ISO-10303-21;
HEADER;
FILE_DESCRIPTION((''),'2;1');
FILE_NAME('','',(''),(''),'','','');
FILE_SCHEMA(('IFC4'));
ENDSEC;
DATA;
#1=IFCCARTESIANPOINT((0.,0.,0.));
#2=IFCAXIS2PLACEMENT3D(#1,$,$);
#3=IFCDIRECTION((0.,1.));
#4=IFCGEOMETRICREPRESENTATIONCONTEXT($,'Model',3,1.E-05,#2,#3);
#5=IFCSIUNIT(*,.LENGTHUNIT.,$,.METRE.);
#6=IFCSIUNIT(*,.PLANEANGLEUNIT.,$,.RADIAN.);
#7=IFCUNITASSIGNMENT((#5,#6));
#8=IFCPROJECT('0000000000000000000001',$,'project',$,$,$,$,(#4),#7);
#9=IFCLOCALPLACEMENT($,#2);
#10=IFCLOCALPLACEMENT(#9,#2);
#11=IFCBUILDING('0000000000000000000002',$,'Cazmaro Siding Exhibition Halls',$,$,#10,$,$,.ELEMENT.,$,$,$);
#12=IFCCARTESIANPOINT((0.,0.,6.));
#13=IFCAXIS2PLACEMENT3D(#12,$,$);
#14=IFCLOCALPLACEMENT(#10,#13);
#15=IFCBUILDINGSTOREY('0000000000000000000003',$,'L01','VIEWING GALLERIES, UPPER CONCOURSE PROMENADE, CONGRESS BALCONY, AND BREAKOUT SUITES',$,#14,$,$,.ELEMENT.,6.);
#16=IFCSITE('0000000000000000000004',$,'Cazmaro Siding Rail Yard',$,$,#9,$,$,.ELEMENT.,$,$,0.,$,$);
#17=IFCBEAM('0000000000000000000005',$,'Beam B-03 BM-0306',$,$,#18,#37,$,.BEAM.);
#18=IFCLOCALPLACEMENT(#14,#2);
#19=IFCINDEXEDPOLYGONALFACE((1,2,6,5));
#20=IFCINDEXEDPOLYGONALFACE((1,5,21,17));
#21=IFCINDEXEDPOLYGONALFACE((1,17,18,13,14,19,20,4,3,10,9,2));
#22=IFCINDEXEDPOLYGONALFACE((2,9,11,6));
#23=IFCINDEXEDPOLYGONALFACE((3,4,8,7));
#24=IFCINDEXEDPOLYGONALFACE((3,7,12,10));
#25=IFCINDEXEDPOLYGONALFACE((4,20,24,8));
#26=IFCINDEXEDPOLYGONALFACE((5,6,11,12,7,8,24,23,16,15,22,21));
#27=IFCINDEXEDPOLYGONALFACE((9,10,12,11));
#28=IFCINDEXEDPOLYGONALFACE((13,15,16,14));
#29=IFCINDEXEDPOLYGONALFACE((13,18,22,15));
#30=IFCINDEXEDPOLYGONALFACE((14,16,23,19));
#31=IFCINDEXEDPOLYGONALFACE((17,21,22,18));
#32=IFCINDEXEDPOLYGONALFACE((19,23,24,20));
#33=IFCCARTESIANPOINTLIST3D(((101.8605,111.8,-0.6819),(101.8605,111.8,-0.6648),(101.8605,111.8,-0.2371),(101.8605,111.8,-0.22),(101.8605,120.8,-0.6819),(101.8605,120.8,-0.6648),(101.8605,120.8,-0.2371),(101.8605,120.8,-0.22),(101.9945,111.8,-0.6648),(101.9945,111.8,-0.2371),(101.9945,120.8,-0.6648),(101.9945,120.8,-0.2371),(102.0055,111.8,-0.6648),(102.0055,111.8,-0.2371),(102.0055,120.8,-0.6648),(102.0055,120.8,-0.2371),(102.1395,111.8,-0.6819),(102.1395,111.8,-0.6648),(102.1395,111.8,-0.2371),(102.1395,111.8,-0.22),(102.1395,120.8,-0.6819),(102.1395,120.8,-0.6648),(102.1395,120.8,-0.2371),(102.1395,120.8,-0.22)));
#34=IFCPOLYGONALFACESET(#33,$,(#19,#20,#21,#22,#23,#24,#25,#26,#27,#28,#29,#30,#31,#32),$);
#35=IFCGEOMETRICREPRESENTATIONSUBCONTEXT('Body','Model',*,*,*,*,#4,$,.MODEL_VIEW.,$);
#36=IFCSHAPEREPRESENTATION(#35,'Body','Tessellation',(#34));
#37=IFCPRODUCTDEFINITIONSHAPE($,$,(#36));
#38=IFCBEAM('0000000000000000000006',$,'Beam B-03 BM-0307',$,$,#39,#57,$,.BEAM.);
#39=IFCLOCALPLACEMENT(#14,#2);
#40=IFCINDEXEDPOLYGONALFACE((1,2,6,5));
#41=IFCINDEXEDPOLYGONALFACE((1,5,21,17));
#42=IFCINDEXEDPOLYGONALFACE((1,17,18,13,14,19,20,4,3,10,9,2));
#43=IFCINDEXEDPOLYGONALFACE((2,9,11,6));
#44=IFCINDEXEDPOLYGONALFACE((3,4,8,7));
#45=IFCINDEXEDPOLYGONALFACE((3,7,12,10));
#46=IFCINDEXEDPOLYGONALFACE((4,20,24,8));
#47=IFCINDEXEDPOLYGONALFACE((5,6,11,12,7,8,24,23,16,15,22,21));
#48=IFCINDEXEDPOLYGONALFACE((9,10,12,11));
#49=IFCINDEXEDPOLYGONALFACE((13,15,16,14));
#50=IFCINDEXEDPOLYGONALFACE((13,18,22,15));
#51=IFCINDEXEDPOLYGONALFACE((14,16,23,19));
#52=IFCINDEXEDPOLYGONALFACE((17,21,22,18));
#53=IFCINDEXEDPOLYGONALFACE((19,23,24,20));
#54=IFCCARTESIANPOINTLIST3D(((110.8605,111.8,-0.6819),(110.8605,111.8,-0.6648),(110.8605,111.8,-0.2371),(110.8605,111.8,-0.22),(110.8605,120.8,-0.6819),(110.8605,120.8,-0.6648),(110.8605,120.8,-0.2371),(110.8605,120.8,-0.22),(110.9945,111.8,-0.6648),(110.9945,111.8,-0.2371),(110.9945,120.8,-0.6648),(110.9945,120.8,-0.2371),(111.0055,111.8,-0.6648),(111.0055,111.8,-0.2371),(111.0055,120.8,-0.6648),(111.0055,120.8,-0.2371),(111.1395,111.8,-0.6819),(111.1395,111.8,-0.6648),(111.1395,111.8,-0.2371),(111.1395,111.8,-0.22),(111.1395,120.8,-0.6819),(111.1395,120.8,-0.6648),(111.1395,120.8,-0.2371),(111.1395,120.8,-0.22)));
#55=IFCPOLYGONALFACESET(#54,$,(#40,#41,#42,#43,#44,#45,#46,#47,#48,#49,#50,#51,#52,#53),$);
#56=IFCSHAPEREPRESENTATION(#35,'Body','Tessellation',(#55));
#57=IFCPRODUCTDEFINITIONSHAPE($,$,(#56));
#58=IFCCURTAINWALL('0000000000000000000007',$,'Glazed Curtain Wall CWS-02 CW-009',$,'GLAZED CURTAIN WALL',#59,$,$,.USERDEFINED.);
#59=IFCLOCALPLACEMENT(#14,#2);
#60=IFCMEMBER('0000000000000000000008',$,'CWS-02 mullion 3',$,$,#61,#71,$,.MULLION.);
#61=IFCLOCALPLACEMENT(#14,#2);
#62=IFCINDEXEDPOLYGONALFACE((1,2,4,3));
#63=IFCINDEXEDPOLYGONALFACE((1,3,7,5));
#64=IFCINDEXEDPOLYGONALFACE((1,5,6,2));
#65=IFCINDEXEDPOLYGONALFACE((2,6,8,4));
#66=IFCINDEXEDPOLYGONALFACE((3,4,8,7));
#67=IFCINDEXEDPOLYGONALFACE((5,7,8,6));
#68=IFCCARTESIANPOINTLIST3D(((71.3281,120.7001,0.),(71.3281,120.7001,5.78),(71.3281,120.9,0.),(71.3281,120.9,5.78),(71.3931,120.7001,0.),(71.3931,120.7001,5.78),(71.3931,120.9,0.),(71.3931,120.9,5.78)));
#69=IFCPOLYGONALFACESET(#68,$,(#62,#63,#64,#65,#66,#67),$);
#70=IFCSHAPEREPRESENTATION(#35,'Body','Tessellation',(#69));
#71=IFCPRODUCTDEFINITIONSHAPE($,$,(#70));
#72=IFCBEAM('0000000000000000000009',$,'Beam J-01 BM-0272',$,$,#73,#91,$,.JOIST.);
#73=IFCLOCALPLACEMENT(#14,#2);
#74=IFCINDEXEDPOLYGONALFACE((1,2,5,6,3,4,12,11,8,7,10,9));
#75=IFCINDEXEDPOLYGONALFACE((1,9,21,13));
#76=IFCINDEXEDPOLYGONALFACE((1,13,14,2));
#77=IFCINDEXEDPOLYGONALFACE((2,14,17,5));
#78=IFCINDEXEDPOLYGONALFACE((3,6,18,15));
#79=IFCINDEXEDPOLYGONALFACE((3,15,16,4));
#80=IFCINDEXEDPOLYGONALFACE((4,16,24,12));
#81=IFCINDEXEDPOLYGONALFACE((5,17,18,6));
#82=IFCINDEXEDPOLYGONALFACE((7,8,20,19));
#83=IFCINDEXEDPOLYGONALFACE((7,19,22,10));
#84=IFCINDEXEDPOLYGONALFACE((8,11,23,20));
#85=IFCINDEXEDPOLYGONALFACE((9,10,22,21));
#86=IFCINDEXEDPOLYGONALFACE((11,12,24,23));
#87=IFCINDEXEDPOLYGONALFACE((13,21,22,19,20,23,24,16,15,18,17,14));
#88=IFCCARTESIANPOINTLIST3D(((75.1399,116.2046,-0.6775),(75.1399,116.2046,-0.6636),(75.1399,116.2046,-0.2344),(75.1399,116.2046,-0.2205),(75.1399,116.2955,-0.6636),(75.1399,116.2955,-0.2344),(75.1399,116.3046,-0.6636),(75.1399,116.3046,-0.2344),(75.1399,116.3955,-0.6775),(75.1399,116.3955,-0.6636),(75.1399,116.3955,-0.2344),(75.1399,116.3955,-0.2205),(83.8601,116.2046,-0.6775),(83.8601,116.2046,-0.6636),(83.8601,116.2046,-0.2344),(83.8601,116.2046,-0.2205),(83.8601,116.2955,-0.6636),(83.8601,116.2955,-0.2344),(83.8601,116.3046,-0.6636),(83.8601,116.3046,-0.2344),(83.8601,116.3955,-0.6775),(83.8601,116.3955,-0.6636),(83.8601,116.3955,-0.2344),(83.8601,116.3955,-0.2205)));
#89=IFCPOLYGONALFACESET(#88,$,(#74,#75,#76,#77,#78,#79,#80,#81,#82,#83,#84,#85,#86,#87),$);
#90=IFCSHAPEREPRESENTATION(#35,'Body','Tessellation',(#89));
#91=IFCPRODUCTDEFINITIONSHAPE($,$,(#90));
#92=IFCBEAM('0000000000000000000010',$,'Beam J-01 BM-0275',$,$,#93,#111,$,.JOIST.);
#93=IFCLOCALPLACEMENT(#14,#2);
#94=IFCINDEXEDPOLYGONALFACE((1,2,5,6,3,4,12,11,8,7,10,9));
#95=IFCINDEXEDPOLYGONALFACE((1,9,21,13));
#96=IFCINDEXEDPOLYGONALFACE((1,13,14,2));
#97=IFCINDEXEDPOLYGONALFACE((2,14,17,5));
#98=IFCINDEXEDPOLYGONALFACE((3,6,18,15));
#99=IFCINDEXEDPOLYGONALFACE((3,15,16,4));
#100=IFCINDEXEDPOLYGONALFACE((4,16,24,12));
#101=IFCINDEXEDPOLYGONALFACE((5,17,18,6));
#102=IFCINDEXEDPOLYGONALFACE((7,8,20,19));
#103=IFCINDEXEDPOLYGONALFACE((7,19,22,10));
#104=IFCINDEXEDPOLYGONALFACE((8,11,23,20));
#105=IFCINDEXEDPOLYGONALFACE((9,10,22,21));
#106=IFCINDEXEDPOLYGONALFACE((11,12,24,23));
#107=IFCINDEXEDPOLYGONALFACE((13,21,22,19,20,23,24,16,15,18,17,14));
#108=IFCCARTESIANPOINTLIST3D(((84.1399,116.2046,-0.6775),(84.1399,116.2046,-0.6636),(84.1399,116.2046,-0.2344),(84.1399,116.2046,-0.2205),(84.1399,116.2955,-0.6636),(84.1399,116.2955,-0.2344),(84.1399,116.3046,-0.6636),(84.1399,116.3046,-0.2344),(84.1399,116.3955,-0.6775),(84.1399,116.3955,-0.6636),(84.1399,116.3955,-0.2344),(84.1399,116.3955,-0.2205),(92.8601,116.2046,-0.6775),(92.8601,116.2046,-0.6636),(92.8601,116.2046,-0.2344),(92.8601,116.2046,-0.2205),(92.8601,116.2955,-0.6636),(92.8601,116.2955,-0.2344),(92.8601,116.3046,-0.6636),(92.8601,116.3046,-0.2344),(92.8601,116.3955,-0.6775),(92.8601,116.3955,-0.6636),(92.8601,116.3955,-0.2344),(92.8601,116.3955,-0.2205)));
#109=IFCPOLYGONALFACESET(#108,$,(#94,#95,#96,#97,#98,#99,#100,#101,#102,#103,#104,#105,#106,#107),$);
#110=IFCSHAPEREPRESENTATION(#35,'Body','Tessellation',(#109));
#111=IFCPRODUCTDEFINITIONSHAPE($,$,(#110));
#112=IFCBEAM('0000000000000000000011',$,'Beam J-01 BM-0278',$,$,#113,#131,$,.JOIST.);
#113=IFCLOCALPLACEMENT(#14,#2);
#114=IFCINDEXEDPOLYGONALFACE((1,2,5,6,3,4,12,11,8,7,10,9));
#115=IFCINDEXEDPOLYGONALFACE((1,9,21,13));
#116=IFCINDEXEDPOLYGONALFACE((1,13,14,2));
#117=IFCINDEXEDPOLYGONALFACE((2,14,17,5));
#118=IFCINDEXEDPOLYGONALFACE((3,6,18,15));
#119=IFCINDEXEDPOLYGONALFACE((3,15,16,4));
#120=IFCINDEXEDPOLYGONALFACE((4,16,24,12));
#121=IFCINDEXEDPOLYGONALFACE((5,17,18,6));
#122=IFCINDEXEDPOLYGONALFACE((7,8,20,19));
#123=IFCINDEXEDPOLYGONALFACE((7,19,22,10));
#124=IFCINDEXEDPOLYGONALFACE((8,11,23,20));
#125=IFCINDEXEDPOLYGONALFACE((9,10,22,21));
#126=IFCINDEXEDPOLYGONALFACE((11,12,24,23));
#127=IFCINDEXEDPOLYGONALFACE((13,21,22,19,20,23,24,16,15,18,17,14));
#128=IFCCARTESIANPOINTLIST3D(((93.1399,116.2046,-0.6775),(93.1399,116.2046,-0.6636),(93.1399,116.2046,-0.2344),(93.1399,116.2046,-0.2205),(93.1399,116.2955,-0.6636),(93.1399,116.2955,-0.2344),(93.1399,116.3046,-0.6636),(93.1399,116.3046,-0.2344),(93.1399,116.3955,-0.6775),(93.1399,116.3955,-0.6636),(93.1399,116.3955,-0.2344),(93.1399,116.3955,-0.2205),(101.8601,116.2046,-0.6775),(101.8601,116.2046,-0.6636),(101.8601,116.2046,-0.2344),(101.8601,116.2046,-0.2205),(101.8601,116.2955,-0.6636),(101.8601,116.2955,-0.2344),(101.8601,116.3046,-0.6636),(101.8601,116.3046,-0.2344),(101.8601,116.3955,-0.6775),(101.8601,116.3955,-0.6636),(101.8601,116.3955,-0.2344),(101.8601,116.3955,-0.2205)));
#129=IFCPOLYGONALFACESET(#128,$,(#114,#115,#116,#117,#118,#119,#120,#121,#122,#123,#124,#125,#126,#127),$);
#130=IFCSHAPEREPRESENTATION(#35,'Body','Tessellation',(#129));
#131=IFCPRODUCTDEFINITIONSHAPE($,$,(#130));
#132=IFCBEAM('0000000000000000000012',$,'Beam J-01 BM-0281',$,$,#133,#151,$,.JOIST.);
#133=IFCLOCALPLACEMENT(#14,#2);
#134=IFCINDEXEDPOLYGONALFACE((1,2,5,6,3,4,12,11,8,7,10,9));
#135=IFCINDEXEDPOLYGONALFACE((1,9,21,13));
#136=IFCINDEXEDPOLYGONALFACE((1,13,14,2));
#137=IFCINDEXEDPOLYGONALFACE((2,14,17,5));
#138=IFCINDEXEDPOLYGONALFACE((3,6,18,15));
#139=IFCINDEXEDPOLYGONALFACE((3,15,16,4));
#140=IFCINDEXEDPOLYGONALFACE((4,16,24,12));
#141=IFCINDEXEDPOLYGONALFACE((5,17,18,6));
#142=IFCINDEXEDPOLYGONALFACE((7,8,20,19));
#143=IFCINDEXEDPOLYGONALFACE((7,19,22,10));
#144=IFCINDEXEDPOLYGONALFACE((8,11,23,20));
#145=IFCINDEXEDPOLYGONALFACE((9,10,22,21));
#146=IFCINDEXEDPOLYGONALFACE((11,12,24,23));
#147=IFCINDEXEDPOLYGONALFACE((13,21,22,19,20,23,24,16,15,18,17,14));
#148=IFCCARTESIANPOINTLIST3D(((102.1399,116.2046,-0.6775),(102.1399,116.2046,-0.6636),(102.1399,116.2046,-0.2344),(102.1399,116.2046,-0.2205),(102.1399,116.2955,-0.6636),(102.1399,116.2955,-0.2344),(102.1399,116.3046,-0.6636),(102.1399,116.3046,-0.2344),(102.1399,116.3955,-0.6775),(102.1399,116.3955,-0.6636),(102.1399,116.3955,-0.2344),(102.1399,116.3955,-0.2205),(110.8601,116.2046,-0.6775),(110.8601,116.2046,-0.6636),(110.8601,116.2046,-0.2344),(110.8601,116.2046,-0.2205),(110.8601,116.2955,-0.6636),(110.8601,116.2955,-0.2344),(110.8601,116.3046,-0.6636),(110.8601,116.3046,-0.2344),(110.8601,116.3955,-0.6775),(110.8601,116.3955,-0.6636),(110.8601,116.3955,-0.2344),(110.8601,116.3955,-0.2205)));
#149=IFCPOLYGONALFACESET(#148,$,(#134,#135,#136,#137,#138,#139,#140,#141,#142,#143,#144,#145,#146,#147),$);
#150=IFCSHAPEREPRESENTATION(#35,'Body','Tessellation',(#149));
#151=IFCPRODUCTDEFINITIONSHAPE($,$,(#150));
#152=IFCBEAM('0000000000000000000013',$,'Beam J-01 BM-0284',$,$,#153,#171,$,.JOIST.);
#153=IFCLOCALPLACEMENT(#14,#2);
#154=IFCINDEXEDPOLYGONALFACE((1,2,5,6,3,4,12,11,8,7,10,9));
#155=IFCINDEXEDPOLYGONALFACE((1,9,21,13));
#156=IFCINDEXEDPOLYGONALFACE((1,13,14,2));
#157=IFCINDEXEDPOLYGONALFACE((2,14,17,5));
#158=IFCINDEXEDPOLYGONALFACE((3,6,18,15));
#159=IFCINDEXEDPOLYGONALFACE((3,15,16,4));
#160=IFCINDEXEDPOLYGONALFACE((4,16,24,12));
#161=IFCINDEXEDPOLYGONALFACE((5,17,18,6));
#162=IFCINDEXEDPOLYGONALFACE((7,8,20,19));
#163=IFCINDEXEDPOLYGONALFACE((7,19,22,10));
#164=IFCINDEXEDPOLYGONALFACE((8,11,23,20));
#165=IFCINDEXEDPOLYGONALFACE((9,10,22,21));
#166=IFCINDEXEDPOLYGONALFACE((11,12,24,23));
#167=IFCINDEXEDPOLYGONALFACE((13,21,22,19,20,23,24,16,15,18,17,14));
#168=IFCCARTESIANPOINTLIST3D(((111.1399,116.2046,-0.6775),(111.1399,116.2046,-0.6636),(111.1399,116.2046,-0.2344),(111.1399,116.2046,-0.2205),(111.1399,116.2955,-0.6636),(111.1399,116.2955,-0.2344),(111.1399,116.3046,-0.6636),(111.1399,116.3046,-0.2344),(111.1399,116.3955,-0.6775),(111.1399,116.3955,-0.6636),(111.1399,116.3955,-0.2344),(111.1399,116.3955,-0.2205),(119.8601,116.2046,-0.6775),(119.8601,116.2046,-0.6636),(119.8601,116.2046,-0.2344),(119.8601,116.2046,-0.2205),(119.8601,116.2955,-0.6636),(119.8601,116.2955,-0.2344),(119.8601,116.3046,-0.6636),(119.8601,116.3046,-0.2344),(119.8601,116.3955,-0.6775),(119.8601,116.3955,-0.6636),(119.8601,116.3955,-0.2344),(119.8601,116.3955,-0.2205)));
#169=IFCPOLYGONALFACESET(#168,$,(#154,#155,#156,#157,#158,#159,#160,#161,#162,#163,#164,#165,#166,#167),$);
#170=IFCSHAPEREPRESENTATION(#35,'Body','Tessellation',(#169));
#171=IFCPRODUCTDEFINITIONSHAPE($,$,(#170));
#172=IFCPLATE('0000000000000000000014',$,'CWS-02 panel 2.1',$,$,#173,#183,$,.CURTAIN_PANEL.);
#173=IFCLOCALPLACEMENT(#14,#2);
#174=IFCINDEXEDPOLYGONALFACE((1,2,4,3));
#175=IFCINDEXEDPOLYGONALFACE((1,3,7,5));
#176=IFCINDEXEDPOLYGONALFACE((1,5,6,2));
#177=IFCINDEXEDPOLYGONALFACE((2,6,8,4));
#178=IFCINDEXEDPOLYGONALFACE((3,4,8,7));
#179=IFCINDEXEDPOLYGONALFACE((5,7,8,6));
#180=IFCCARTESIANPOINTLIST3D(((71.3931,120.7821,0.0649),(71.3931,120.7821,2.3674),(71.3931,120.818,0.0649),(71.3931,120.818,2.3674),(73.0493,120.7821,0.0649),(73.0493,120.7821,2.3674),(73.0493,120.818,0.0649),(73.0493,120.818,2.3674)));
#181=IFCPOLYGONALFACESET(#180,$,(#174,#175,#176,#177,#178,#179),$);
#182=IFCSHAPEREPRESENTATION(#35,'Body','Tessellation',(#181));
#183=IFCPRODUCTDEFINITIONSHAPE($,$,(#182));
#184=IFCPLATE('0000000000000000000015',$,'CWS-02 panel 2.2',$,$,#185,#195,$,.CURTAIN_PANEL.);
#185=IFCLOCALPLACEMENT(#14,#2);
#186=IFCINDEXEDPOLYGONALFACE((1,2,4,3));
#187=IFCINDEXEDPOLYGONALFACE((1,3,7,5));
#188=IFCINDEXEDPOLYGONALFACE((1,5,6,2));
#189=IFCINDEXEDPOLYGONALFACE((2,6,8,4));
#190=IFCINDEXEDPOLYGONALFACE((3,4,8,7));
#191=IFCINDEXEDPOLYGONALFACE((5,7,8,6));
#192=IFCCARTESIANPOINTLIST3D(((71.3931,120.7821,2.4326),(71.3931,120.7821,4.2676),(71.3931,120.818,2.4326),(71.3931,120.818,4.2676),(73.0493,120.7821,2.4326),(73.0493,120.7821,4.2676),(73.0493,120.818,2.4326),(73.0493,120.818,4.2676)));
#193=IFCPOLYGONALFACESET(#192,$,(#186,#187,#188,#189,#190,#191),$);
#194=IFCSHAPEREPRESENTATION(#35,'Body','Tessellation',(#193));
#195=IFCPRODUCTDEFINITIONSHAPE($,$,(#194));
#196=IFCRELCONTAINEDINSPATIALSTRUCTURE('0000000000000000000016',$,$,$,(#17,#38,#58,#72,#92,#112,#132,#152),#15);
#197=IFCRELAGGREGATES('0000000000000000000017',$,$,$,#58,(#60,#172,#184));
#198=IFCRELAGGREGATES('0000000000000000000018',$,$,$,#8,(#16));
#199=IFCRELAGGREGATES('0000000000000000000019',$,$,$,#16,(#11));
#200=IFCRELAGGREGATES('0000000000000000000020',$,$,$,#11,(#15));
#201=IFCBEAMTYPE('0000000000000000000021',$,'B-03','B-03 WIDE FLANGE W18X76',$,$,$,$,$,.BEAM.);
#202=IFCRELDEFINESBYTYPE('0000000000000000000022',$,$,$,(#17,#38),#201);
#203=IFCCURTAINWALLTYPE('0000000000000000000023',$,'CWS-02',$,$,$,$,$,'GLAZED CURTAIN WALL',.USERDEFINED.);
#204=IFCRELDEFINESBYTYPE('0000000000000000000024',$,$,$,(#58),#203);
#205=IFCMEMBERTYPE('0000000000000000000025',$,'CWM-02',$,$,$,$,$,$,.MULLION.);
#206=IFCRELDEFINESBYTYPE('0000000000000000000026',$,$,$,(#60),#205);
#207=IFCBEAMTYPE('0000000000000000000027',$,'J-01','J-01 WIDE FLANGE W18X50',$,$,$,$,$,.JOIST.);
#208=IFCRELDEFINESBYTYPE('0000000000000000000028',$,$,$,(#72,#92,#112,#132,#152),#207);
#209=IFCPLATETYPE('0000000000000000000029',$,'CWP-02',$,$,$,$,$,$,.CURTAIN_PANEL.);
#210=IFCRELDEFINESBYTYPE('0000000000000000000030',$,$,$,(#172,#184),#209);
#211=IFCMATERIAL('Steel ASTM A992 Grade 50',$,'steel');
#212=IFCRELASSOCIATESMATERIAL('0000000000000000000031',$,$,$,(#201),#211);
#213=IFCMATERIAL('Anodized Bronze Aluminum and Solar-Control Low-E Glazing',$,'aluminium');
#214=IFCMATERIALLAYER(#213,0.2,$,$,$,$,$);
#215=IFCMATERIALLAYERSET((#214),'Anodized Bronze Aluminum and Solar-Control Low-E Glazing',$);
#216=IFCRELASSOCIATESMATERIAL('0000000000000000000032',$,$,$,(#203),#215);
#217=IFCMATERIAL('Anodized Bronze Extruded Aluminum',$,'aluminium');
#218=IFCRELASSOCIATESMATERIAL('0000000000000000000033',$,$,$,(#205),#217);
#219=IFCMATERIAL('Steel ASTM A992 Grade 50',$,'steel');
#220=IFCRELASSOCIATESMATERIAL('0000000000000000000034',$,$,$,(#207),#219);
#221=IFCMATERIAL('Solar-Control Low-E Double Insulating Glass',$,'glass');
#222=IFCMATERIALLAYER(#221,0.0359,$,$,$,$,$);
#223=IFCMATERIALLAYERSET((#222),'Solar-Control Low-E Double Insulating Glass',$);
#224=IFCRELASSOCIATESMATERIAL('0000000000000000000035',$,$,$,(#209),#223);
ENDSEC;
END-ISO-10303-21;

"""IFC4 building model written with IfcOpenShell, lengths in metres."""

from ifc_helpers import new_model, si_unit, direction, frame, origin, origin_2d, place, context, subcontext, project, spatial, rectangle, i_section, extrude, material, layer, layer_set, material_profile, profile_set, type_object, element, aggregate, save


model = new_model("IFC4")

# Units and contexts
model_context = context("Model", 3, precision=1e-05, world=origin(), true_north=direction((0.0, 1.0)))
body_context = subcontext(model_context, "Body", "Model", "MODEL_VIEW")
ifc_project = project(units=[si_unit("LENGTHUNIT", "METRE"), si_unit("PLANEANGLEUNIT", "RADIAN")], contexts=[model_context])

# Site, building, storey
site_placement = place(None, origin())
site = spatial("IfcSite", under=ifc_project, at=site_placement, Name="Cazmaro Siding Rail Yard", CompositionType="ELEMENT", RefElevation=0.0)
building_placement = place(site_placement, origin())
building = spatial("IfcBuilding", under=site, at=building_placement, Name="Cazmaro Siding Exhibition Halls", CompositionType="ELEMENT")
storey_placement = place(building_placement, frame((0.0, 0.0, 6.0)))
storey = spatial("IfcBuildingStorey", under=building, at=storey_placement, Name="L01", Description="VIEWING GALLERIES, UPPER CONCOURSE PROMENADE, CONGRESS BALCONY, AND BREAKOUT SUITES", CompositionType="ELEMENT", Elevation=6.0)

# Beams
ifc_material_1 = material(Name="Steel ASTM A992 Grade 50", Category="steel")
ifc_material_profile_1 = material_profile(ifc_material_1, i_section(OverallWidth=0.2791, OverallDepth=0.4619, WebThickness=0.011, FlangeThickness=0.0171, at=origin_2d()), Name="W18X76")
ifc_profile_set_1 = profile_set([ifc_material_profile_1], Name="Steel ASTM A992 Grade 50")
beam_type_1 = type_object("IfcBeamType", Name="B-03", Description="B-03 WIDE FLANGE W18X76", PredefinedType="BEAM", material=ifc_profile_set_1)
for number, where, z_axis, x_axis, name in (
    (1, (102.0, 111.8, -0.4509), (0.0, 1.0, 0.0), (-1.0, 0.0, 0.0), "Beam B-03 BM-0306"),
    (2, (111.0, 111.8, -0.4509), (0.0, 1.0, 0.0), (-1.0, 0.0, 0.0), "Beam B-03 BM-0307"),
):
    element("IfcBeam", number, at=place(storey_placement, frame(where, z_axis=z_axis, x_axis=x_axis)), inside=storey, type_object=beam_type_1, Name=name, PredefinedType="BEAM", context=body_context, shape_type="SweptSolid", body=[
        extrude(i_section(OverallWidth=0.2791, OverallDepth=0.4619, WebThickness=0.011, FlangeThickness=0.0171, at=origin_2d()), origin(), (0.0, 0.0, 1.0), 9.0),
    ])

# Curtain wall, member
ifc_material_2 = material(Name="Anodized Bronze Aluminum and Solar-Control Low-E Glazing", Category="aluminium")
ifc_layer_1 = layer(ifc_material_2, 0.2)
ifc_layer_set_1 = layer_set([ifc_layer_1], Name="Anodized Bronze Aluminum and Solar-Control Low-E Glazing")
curtain_wall_type = type_object("IfcCurtainWallType", Name="CWS-02", ElementType="GLAZED CURTAIN WALL", PredefinedType="USERDEFINED", material=ifc_layer_set_1)
curtain_wall_placement = place(storey_placement, origin())
curtain_wall = element("IfcCurtainWall", 3, at=curtain_wall_placement, inside=storey, type_object=curtain_wall_type, Name="Glazed Curtain Wall CWS-02 CW-009", ObjectType="GLAZED CURTAIN WALL", PredefinedType="USERDEFINED")
ifc_material_3 = material(Name="Anodized Bronze Extruded Aluminum", Category="aluminium")
ifc_material_profile_2 = material_profile(ifc_material_3, rectangle(XDim=0.2, YDim=0.0649, at=origin_2d()), Name="CWM-02")
ifc_profile_set_2 = profile_set([ifc_material_profile_2], Name="Anodized Bronze Extruded Aluminum")
member_type = type_object("IfcMemberType", Name="CWM-02", PredefinedType="MULLION", material=ifc_profile_set_2)
member_placement = place(storey_placement, frame((71.3606, 120.8, 0.0), z_axis=(0.0, 0.0, 1.0), x_axis=(0.0, -1.0, 0.0)))
member = element("IfcMember", 4, at=member_placement, type_object=member_type, Name="CWS-02 mullion 3", PredefinedType="MULLION", context=body_context, shape_type="SweptSolid", body=[
    extrude(rectangle(XDim=0.2, YDim=0.0649, at=origin_2d()), origin(), (0.0, 0.0, 1.0), 5.78),
])

# Beams
ifc_material_4 = material(Name="Steel ASTM A992 Grade 50", Category="steel")
ifc_material_profile_3 = material_profile(ifc_material_4, i_section(OverallWidth=0.1909, OverallDepth=0.457, WebThickness=0.009, FlangeThickness=0.0139, at=origin_2d()), Name="W18X50")
ifc_profile_set_3 = profile_set([ifc_material_profile_3], Name="Steel ASTM A992 Grade 50")
beam_type_2 = type_object("IfcBeamType", Name="J-01", Description="J-01 WIDE FLANGE W18X50", PredefinedType="JOIST", material=ifc_profile_set_3)
for number, where, z_axis, x_axis, name in (
    (5, (75.1399, 116.3, -0.449), (1.0, 0.0, 0.0), (0.0, 1.0, 0.0), "Beam J-01 BM-0272"),
    (6, (84.1399, 116.3, -0.449), (1.0, 0.0, 0.0), (0.0, 1.0, 0.0), "Beam J-01 BM-0275"),
    (7, (93.1399, 116.3, -0.449), (1.0, 0.0, 0.0), (0.0, 1.0, 0.0), "Beam J-01 BM-0278"),
    (8, (102.1399, 116.3, -0.449), (1.0, 0.0, 0.0), (0.0, 1.0, 0.0), "Beam J-01 BM-0281"),
    (9, (111.1399, 116.3, -0.449), (1.0, 0.0, 0.0), (0.0, 1.0, 0.0), "Beam J-01 BM-0284"),
):
    element("IfcBeam", number, at=place(storey_placement, frame(where, z_axis=z_axis, x_axis=x_axis)), inside=storey, type_object=beam_type_2, Name=name, PredefinedType="JOIST", context=body_context, shape_type="SweptSolid", body=[
        extrude(i_section(OverallWidth=0.1909, OverallDepth=0.457, WebThickness=0.009, FlangeThickness=0.0139, at=origin_2d()), origin(), (0.0, 0.0, 1.0), 8.7202),
    ])

# Plates
ifc_material_5 = material(Name="Solar-Control Low-E Double Insulating Glass", Category="glass")
ifc_layer_2 = layer(ifc_material_5, 0.0359)
ifc_layer_set_2 = layer_set([ifc_layer_2], Name="Solar-Control Low-E Double Insulating Glass")
plate_type = type_object("IfcPlateType", Name="CWP-02", PredefinedType="CURTAIN_PANEL", material=ifc_layer_set_2)
plate_1_placement = place(storey_placement, frame((72.2212, 120.8, 0.0649), z_axis=(0.0, 0.0, 1.0), x_axis=(-1.0, 0.0, 0.0)))
plate_1 = element("IfcPlate", 10, at=plate_1_placement, type_object=plate_type, Name="CWS-02 panel 2.1", PredefinedType="CURTAIN_PANEL", context=body_context, shape_type="SweptSolid", body=[
    extrude(rectangle(XDim=1.6562, YDim=0.0359, at=origin_2d()), origin(), (0.0, 0.0, 1.0), 2.3025),
])
plate_2_placement = place(storey_placement, frame((72.2212, 120.8, 2.4326), z_axis=(0.0, 0.0, 1.0), x_axis=(-1.0, 0.0, 0.0)))
plate_2 = element("IfcPlate", 11, at=plate_2_placement, type_object=plate_type, Name="CWS-02 panel 2.2", PredefinedType="CURTAIN_PANEL", context=body_context, shape_type="SweptSolid", body=[
    extrude(rectangle(XDim=1.6562, YDim=0.0359, at=origin_2d()), origin(), (0.0, 0.0, 1.0), 1.835),
])
aggregate(curtain_wall, [member, plate_1, plate_2])

save(model, "model.ifc")
